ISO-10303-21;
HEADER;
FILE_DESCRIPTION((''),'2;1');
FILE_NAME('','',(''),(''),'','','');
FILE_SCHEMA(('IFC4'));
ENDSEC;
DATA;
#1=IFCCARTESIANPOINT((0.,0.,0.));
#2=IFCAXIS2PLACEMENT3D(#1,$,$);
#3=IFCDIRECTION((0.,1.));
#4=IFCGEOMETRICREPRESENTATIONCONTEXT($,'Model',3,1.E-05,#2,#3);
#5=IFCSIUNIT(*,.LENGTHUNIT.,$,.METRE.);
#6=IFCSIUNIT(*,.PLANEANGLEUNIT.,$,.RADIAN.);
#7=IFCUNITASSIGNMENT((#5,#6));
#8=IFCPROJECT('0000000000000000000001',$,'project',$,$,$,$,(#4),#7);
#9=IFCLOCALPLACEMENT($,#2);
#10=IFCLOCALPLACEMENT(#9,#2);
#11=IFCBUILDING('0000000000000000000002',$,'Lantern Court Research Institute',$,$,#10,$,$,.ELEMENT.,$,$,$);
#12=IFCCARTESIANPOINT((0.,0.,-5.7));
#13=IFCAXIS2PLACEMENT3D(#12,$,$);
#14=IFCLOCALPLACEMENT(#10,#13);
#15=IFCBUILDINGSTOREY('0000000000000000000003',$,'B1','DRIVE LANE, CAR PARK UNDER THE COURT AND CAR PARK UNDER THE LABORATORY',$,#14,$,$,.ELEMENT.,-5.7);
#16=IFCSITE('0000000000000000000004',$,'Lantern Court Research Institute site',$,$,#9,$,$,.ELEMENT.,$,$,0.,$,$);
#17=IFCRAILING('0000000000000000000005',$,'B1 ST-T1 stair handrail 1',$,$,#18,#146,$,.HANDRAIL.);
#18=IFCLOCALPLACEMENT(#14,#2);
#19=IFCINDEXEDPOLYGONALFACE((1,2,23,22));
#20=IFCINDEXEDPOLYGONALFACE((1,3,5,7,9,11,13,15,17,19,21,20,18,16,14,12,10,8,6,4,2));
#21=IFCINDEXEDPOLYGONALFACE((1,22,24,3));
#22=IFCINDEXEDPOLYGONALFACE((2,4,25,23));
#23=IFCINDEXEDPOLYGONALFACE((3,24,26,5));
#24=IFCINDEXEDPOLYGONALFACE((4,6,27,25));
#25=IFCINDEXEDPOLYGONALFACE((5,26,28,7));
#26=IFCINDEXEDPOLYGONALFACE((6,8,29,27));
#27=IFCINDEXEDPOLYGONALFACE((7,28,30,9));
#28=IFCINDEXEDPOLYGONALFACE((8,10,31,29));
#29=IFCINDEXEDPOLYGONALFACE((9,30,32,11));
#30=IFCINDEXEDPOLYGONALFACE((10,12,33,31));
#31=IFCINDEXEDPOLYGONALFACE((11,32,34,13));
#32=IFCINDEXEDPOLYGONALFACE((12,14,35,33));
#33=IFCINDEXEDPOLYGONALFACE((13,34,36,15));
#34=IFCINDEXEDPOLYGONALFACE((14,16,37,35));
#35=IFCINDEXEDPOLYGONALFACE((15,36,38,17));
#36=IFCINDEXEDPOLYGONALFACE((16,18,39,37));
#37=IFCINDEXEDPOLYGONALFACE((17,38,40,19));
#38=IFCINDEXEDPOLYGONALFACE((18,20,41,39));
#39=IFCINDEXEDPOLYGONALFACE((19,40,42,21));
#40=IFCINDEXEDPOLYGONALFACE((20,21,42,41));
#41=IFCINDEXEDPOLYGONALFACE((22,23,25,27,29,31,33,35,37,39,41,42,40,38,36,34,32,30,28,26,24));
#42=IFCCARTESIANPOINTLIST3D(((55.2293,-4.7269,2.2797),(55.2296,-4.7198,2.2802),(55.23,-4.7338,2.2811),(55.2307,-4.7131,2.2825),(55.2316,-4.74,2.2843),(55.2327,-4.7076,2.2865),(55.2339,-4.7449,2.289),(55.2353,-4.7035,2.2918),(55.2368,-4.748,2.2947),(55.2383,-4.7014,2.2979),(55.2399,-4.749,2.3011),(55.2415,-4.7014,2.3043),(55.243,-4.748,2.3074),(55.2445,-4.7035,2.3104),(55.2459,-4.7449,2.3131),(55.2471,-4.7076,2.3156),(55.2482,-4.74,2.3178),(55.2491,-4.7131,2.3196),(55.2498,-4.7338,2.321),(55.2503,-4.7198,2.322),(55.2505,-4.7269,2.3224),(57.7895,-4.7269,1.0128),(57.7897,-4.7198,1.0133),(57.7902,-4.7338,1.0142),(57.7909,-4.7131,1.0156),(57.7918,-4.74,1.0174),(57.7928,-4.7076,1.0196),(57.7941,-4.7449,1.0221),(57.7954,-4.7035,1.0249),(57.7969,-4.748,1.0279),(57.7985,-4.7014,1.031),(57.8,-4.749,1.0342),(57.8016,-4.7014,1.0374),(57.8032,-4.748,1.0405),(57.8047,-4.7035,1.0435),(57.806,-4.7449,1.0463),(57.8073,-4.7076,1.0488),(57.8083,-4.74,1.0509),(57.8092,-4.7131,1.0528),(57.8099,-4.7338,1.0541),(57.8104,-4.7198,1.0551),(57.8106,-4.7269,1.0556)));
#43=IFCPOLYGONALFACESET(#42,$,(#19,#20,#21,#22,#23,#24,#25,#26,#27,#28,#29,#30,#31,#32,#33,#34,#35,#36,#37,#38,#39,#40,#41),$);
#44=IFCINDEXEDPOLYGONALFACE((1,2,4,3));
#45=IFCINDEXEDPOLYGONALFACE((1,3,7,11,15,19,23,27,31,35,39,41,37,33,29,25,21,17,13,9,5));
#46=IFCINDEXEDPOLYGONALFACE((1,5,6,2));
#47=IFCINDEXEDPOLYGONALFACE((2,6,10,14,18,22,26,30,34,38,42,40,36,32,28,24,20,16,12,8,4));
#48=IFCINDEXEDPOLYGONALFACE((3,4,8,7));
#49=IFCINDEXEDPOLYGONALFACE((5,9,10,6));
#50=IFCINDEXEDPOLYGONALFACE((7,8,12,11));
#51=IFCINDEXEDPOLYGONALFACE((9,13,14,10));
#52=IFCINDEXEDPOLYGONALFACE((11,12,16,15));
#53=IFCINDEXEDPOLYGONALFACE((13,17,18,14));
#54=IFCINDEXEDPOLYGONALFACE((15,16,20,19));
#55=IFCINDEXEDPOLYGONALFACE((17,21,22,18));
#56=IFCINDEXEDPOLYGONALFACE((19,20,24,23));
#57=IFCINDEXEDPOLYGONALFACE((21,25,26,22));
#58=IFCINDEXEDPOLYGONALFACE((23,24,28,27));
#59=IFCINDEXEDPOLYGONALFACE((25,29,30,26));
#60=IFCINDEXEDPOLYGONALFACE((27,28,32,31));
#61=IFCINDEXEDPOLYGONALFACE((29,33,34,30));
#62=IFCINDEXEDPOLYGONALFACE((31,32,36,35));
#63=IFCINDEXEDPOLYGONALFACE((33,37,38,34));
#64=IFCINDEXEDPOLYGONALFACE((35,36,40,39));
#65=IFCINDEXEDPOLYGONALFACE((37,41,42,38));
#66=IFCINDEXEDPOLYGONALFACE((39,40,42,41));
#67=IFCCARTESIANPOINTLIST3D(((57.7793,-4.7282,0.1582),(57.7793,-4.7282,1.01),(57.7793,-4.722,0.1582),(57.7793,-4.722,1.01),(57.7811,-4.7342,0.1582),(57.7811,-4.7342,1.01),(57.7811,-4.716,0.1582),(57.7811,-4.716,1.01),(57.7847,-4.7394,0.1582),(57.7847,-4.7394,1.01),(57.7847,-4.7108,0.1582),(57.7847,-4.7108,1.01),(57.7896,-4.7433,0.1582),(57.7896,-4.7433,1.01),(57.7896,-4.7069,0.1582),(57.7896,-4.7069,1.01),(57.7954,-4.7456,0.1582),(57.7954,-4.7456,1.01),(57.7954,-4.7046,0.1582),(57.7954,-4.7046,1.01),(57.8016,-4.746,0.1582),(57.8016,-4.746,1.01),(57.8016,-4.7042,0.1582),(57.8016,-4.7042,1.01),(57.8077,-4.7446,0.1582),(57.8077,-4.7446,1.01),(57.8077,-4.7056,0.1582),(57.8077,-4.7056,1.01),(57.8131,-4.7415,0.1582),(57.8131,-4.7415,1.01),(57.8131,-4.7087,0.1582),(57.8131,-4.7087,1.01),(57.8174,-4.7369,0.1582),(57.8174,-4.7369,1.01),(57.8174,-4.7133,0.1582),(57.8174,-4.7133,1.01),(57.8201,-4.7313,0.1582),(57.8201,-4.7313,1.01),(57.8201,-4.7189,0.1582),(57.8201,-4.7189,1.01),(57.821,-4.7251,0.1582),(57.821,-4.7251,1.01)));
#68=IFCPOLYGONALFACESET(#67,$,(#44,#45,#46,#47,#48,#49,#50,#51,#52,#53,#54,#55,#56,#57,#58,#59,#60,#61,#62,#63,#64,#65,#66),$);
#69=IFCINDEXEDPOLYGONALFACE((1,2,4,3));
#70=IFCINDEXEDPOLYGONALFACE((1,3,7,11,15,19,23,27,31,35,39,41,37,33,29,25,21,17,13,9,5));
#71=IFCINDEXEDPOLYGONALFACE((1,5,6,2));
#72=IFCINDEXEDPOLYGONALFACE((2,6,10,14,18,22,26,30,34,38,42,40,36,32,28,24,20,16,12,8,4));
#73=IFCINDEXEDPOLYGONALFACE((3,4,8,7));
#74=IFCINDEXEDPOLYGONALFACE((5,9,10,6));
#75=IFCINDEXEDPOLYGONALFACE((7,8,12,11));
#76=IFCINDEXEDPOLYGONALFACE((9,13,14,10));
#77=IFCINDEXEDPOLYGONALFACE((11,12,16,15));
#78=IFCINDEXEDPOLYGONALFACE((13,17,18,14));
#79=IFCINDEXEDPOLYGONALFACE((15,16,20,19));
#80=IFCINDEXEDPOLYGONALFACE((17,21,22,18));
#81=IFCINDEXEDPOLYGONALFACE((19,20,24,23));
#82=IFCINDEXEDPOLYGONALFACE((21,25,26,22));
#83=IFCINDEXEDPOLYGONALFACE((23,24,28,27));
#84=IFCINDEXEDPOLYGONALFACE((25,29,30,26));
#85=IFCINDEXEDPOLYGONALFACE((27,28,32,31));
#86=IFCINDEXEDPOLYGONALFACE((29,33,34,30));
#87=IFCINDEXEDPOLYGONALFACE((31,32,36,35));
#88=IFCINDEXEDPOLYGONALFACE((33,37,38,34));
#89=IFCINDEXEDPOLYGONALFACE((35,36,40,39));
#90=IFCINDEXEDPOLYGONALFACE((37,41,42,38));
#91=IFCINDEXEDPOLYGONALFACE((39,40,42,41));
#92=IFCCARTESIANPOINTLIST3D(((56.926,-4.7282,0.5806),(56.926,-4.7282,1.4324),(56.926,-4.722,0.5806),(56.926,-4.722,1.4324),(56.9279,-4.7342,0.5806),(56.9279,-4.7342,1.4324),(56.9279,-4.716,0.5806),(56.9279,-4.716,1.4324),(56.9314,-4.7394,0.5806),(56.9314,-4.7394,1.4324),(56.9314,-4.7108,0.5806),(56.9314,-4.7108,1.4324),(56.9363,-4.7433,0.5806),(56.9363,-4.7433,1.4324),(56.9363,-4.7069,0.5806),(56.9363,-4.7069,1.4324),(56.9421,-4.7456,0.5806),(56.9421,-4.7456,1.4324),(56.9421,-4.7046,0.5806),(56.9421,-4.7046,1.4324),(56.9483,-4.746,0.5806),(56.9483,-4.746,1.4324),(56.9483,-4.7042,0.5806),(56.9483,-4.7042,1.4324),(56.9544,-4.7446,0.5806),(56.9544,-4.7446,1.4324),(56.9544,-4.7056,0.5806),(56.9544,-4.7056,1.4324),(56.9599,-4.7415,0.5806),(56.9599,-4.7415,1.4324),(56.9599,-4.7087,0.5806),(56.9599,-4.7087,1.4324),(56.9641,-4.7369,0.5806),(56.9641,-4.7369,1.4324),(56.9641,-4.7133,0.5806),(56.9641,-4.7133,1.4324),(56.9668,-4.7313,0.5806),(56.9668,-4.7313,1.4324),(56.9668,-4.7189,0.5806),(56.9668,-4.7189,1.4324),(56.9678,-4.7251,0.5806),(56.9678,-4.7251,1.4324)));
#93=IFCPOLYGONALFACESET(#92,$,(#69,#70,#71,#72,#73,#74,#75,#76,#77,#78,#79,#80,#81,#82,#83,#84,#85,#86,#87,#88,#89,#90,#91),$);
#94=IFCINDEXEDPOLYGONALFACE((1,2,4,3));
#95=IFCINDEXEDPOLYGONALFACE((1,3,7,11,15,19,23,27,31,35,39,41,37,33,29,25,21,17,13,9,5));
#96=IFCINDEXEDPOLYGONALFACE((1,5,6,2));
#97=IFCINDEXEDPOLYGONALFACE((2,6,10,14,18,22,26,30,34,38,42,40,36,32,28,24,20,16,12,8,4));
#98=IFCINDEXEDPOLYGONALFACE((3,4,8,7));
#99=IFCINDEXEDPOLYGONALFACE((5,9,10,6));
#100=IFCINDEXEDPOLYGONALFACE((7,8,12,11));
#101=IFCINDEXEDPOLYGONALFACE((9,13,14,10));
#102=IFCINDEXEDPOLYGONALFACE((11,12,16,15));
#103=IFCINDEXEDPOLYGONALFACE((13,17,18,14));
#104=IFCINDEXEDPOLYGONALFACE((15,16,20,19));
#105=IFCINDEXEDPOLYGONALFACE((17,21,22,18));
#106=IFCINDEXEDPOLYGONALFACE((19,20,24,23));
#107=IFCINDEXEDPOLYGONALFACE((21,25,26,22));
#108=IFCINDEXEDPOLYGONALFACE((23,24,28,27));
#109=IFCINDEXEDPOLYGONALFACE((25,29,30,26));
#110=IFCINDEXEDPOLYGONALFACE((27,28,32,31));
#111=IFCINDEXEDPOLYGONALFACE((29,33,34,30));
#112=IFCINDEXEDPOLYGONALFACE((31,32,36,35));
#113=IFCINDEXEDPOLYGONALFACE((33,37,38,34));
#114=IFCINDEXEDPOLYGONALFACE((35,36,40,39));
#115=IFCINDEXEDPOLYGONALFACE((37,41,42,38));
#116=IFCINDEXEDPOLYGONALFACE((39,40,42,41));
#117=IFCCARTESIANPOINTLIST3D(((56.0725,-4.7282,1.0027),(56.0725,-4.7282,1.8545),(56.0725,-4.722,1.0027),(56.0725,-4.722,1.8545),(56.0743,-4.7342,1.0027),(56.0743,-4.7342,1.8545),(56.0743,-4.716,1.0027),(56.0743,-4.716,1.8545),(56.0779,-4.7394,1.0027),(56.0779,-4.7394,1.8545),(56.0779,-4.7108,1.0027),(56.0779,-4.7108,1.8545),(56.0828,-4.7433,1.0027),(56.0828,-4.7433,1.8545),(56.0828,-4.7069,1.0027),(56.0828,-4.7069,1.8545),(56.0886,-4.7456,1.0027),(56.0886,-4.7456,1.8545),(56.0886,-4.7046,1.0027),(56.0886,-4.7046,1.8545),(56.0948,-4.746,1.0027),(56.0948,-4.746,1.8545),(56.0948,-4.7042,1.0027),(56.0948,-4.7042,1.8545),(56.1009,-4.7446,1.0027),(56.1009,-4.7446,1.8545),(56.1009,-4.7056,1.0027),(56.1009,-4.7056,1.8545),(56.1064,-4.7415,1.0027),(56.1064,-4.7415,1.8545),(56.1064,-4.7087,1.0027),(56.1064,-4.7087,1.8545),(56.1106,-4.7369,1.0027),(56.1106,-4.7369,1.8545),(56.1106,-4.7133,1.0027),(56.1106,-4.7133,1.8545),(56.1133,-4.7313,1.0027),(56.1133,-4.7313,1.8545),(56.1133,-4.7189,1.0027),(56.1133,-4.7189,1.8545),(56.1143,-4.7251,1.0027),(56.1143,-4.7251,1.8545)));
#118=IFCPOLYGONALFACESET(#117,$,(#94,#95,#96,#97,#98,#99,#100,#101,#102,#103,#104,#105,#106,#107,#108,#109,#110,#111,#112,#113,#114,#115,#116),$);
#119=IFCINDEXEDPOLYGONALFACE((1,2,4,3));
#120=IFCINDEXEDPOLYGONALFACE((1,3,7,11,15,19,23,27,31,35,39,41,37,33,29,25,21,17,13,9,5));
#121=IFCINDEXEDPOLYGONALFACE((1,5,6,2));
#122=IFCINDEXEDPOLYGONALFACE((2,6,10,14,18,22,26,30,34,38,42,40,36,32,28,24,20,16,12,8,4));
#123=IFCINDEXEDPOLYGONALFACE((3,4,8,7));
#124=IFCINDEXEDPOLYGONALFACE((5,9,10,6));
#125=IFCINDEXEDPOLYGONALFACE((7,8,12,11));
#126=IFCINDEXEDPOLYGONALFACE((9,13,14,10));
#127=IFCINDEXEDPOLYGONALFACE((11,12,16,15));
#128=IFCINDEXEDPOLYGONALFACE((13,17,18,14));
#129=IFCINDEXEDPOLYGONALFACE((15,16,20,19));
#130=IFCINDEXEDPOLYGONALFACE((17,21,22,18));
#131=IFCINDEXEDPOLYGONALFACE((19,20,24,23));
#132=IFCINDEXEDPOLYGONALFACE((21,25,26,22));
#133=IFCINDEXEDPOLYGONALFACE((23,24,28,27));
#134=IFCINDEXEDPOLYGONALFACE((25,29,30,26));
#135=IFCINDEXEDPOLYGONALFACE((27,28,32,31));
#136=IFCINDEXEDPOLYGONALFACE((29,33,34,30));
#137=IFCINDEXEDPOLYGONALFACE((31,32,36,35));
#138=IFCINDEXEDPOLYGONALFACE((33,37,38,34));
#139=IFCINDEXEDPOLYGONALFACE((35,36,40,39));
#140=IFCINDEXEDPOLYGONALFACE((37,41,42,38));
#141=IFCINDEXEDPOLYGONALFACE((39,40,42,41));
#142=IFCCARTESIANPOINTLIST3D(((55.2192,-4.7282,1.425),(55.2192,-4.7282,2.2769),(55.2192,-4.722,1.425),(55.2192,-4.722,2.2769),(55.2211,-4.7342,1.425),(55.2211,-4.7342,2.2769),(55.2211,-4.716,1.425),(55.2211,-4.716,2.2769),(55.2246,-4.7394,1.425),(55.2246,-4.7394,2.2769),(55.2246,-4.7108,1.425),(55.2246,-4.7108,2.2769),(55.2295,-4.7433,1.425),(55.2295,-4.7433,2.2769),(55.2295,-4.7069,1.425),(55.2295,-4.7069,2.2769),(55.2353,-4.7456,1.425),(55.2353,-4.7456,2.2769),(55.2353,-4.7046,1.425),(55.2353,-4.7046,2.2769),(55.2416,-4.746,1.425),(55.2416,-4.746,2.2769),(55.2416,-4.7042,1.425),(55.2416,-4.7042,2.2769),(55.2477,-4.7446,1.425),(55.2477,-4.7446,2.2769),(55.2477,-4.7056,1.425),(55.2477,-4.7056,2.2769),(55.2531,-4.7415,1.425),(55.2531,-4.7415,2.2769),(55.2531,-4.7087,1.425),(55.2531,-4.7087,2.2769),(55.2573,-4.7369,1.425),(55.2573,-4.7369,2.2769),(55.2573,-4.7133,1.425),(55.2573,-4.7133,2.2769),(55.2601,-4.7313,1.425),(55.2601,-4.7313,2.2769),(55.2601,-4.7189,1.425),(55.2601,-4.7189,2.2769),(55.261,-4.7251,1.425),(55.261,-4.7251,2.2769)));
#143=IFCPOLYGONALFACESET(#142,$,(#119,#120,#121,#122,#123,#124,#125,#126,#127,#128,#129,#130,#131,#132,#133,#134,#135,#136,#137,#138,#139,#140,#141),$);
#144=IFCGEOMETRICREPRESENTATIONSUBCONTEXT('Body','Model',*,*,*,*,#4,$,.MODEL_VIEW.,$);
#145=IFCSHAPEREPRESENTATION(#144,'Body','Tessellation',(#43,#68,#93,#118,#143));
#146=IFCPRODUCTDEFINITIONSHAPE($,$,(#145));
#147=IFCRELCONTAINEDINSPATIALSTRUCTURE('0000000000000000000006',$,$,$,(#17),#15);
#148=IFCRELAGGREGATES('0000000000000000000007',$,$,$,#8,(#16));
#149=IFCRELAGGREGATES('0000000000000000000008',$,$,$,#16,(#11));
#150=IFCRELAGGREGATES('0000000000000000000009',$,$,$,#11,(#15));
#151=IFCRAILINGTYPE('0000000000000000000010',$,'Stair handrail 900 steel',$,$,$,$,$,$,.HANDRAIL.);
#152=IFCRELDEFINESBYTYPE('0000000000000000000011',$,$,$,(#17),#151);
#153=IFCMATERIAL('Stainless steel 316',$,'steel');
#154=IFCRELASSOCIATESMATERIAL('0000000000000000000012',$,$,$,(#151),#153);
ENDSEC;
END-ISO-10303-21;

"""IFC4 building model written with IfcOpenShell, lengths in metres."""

from ifc_helpers import new_model, si_unit, direction, frame, origin, origin_2d, place, context, subcontext, project, spatial, circle, extrude, material, type_object, element, save


model = new_model("IFC4")

# Units and contexts
model_context = context("Model", 3, precision=1e-05, world=origin(), true_north=direction((0.0, 1.0)))
body_context = subcontext(model_context, "Body", "Model", "MODEL_VIEW")
ifc_project = project(units=[si_unit("LENGTHUNIT", "METRE"), si_unit("PLANEANGLEUNIT", "RADIAN")], contexts=[model_context])

# Site, building, storey
site_placement = place(None, origin())
site = spatial("IfcSite", under=ifc_project, at=site_placement, Name="Lantern Court Research Institute site", CompositionType="ELEMENT", RefElevation=0.0)
building_placement = place(site_placement, origin())
building = spatial("IfcBuilding", under=site, at=building_placement, Name="Lantern Court Research Institute", CompositionType="ELEMENT")
storey_placement = place(building_placement, frame((0.0, 0.0, -5.7)))
storey = spatial("IfcBuildingStorey", under=building, at=storey_placement, Name="B1", Description="DRIVE LANE, CAR PARK UNDER THE COURT AND CAR PARK UNDER THE LABORATORY", CompositionType="ELEMENT", Elevation=-5.7)

# Railing
ifc_material_1 = material(Name="Stainless steel 316", Category="steel")
railing_type_1 = type_object("IfcRailingType", Name="Stair handrail 900 steel", PredefinedType="HANDRAIL", material=ifc_material_1)
railing_1_placement = place(storey_placement, frame((57.8, -4.7251, 0.1582)))
element("IfcRailing", 1, at=railing_1_placement, inside=storey, type_object=railing_type_1, Name="B1 ST-T1 stair handrail 1", PredefinedType="HANDRAIL", context=body_context, shape_type="SweptSolid", body=[
    extrude(circle(Radius=0.0239, at=origin_2d()), frame((0.0, 0.0, 0.876), z_axis=(-0.896266, 0.0, 0.443517), x_axis=(0.0, -1.0, 0.0)), (0.0, 0.0, 1.0), 2.8564),
    extrude(circle(Radius=0.021, at=origin_2d()), origin(), (0.0, 0.0, 1.0), 0.8518),
    extrude(circle(Radius=0.021, at=origin_2d()), frame((-0.8533, 0.0, 0.4224)), (0.0, 0.0, 1.0), 0.8518),
    extrude(circle(Radius=0.021, at=origin_2d()), frame((-1.7068, 0.0, 0.8445)), (0.0, 0.0, 1.0), 0.8518),
    extrude(circle(Radius=0.021, at=origin_2d()), frame((-2.5601, 0.0, 1.2668)), (0.0, 0.0, 1.0), 0.8518),
])

save(model, "model.ifc")
